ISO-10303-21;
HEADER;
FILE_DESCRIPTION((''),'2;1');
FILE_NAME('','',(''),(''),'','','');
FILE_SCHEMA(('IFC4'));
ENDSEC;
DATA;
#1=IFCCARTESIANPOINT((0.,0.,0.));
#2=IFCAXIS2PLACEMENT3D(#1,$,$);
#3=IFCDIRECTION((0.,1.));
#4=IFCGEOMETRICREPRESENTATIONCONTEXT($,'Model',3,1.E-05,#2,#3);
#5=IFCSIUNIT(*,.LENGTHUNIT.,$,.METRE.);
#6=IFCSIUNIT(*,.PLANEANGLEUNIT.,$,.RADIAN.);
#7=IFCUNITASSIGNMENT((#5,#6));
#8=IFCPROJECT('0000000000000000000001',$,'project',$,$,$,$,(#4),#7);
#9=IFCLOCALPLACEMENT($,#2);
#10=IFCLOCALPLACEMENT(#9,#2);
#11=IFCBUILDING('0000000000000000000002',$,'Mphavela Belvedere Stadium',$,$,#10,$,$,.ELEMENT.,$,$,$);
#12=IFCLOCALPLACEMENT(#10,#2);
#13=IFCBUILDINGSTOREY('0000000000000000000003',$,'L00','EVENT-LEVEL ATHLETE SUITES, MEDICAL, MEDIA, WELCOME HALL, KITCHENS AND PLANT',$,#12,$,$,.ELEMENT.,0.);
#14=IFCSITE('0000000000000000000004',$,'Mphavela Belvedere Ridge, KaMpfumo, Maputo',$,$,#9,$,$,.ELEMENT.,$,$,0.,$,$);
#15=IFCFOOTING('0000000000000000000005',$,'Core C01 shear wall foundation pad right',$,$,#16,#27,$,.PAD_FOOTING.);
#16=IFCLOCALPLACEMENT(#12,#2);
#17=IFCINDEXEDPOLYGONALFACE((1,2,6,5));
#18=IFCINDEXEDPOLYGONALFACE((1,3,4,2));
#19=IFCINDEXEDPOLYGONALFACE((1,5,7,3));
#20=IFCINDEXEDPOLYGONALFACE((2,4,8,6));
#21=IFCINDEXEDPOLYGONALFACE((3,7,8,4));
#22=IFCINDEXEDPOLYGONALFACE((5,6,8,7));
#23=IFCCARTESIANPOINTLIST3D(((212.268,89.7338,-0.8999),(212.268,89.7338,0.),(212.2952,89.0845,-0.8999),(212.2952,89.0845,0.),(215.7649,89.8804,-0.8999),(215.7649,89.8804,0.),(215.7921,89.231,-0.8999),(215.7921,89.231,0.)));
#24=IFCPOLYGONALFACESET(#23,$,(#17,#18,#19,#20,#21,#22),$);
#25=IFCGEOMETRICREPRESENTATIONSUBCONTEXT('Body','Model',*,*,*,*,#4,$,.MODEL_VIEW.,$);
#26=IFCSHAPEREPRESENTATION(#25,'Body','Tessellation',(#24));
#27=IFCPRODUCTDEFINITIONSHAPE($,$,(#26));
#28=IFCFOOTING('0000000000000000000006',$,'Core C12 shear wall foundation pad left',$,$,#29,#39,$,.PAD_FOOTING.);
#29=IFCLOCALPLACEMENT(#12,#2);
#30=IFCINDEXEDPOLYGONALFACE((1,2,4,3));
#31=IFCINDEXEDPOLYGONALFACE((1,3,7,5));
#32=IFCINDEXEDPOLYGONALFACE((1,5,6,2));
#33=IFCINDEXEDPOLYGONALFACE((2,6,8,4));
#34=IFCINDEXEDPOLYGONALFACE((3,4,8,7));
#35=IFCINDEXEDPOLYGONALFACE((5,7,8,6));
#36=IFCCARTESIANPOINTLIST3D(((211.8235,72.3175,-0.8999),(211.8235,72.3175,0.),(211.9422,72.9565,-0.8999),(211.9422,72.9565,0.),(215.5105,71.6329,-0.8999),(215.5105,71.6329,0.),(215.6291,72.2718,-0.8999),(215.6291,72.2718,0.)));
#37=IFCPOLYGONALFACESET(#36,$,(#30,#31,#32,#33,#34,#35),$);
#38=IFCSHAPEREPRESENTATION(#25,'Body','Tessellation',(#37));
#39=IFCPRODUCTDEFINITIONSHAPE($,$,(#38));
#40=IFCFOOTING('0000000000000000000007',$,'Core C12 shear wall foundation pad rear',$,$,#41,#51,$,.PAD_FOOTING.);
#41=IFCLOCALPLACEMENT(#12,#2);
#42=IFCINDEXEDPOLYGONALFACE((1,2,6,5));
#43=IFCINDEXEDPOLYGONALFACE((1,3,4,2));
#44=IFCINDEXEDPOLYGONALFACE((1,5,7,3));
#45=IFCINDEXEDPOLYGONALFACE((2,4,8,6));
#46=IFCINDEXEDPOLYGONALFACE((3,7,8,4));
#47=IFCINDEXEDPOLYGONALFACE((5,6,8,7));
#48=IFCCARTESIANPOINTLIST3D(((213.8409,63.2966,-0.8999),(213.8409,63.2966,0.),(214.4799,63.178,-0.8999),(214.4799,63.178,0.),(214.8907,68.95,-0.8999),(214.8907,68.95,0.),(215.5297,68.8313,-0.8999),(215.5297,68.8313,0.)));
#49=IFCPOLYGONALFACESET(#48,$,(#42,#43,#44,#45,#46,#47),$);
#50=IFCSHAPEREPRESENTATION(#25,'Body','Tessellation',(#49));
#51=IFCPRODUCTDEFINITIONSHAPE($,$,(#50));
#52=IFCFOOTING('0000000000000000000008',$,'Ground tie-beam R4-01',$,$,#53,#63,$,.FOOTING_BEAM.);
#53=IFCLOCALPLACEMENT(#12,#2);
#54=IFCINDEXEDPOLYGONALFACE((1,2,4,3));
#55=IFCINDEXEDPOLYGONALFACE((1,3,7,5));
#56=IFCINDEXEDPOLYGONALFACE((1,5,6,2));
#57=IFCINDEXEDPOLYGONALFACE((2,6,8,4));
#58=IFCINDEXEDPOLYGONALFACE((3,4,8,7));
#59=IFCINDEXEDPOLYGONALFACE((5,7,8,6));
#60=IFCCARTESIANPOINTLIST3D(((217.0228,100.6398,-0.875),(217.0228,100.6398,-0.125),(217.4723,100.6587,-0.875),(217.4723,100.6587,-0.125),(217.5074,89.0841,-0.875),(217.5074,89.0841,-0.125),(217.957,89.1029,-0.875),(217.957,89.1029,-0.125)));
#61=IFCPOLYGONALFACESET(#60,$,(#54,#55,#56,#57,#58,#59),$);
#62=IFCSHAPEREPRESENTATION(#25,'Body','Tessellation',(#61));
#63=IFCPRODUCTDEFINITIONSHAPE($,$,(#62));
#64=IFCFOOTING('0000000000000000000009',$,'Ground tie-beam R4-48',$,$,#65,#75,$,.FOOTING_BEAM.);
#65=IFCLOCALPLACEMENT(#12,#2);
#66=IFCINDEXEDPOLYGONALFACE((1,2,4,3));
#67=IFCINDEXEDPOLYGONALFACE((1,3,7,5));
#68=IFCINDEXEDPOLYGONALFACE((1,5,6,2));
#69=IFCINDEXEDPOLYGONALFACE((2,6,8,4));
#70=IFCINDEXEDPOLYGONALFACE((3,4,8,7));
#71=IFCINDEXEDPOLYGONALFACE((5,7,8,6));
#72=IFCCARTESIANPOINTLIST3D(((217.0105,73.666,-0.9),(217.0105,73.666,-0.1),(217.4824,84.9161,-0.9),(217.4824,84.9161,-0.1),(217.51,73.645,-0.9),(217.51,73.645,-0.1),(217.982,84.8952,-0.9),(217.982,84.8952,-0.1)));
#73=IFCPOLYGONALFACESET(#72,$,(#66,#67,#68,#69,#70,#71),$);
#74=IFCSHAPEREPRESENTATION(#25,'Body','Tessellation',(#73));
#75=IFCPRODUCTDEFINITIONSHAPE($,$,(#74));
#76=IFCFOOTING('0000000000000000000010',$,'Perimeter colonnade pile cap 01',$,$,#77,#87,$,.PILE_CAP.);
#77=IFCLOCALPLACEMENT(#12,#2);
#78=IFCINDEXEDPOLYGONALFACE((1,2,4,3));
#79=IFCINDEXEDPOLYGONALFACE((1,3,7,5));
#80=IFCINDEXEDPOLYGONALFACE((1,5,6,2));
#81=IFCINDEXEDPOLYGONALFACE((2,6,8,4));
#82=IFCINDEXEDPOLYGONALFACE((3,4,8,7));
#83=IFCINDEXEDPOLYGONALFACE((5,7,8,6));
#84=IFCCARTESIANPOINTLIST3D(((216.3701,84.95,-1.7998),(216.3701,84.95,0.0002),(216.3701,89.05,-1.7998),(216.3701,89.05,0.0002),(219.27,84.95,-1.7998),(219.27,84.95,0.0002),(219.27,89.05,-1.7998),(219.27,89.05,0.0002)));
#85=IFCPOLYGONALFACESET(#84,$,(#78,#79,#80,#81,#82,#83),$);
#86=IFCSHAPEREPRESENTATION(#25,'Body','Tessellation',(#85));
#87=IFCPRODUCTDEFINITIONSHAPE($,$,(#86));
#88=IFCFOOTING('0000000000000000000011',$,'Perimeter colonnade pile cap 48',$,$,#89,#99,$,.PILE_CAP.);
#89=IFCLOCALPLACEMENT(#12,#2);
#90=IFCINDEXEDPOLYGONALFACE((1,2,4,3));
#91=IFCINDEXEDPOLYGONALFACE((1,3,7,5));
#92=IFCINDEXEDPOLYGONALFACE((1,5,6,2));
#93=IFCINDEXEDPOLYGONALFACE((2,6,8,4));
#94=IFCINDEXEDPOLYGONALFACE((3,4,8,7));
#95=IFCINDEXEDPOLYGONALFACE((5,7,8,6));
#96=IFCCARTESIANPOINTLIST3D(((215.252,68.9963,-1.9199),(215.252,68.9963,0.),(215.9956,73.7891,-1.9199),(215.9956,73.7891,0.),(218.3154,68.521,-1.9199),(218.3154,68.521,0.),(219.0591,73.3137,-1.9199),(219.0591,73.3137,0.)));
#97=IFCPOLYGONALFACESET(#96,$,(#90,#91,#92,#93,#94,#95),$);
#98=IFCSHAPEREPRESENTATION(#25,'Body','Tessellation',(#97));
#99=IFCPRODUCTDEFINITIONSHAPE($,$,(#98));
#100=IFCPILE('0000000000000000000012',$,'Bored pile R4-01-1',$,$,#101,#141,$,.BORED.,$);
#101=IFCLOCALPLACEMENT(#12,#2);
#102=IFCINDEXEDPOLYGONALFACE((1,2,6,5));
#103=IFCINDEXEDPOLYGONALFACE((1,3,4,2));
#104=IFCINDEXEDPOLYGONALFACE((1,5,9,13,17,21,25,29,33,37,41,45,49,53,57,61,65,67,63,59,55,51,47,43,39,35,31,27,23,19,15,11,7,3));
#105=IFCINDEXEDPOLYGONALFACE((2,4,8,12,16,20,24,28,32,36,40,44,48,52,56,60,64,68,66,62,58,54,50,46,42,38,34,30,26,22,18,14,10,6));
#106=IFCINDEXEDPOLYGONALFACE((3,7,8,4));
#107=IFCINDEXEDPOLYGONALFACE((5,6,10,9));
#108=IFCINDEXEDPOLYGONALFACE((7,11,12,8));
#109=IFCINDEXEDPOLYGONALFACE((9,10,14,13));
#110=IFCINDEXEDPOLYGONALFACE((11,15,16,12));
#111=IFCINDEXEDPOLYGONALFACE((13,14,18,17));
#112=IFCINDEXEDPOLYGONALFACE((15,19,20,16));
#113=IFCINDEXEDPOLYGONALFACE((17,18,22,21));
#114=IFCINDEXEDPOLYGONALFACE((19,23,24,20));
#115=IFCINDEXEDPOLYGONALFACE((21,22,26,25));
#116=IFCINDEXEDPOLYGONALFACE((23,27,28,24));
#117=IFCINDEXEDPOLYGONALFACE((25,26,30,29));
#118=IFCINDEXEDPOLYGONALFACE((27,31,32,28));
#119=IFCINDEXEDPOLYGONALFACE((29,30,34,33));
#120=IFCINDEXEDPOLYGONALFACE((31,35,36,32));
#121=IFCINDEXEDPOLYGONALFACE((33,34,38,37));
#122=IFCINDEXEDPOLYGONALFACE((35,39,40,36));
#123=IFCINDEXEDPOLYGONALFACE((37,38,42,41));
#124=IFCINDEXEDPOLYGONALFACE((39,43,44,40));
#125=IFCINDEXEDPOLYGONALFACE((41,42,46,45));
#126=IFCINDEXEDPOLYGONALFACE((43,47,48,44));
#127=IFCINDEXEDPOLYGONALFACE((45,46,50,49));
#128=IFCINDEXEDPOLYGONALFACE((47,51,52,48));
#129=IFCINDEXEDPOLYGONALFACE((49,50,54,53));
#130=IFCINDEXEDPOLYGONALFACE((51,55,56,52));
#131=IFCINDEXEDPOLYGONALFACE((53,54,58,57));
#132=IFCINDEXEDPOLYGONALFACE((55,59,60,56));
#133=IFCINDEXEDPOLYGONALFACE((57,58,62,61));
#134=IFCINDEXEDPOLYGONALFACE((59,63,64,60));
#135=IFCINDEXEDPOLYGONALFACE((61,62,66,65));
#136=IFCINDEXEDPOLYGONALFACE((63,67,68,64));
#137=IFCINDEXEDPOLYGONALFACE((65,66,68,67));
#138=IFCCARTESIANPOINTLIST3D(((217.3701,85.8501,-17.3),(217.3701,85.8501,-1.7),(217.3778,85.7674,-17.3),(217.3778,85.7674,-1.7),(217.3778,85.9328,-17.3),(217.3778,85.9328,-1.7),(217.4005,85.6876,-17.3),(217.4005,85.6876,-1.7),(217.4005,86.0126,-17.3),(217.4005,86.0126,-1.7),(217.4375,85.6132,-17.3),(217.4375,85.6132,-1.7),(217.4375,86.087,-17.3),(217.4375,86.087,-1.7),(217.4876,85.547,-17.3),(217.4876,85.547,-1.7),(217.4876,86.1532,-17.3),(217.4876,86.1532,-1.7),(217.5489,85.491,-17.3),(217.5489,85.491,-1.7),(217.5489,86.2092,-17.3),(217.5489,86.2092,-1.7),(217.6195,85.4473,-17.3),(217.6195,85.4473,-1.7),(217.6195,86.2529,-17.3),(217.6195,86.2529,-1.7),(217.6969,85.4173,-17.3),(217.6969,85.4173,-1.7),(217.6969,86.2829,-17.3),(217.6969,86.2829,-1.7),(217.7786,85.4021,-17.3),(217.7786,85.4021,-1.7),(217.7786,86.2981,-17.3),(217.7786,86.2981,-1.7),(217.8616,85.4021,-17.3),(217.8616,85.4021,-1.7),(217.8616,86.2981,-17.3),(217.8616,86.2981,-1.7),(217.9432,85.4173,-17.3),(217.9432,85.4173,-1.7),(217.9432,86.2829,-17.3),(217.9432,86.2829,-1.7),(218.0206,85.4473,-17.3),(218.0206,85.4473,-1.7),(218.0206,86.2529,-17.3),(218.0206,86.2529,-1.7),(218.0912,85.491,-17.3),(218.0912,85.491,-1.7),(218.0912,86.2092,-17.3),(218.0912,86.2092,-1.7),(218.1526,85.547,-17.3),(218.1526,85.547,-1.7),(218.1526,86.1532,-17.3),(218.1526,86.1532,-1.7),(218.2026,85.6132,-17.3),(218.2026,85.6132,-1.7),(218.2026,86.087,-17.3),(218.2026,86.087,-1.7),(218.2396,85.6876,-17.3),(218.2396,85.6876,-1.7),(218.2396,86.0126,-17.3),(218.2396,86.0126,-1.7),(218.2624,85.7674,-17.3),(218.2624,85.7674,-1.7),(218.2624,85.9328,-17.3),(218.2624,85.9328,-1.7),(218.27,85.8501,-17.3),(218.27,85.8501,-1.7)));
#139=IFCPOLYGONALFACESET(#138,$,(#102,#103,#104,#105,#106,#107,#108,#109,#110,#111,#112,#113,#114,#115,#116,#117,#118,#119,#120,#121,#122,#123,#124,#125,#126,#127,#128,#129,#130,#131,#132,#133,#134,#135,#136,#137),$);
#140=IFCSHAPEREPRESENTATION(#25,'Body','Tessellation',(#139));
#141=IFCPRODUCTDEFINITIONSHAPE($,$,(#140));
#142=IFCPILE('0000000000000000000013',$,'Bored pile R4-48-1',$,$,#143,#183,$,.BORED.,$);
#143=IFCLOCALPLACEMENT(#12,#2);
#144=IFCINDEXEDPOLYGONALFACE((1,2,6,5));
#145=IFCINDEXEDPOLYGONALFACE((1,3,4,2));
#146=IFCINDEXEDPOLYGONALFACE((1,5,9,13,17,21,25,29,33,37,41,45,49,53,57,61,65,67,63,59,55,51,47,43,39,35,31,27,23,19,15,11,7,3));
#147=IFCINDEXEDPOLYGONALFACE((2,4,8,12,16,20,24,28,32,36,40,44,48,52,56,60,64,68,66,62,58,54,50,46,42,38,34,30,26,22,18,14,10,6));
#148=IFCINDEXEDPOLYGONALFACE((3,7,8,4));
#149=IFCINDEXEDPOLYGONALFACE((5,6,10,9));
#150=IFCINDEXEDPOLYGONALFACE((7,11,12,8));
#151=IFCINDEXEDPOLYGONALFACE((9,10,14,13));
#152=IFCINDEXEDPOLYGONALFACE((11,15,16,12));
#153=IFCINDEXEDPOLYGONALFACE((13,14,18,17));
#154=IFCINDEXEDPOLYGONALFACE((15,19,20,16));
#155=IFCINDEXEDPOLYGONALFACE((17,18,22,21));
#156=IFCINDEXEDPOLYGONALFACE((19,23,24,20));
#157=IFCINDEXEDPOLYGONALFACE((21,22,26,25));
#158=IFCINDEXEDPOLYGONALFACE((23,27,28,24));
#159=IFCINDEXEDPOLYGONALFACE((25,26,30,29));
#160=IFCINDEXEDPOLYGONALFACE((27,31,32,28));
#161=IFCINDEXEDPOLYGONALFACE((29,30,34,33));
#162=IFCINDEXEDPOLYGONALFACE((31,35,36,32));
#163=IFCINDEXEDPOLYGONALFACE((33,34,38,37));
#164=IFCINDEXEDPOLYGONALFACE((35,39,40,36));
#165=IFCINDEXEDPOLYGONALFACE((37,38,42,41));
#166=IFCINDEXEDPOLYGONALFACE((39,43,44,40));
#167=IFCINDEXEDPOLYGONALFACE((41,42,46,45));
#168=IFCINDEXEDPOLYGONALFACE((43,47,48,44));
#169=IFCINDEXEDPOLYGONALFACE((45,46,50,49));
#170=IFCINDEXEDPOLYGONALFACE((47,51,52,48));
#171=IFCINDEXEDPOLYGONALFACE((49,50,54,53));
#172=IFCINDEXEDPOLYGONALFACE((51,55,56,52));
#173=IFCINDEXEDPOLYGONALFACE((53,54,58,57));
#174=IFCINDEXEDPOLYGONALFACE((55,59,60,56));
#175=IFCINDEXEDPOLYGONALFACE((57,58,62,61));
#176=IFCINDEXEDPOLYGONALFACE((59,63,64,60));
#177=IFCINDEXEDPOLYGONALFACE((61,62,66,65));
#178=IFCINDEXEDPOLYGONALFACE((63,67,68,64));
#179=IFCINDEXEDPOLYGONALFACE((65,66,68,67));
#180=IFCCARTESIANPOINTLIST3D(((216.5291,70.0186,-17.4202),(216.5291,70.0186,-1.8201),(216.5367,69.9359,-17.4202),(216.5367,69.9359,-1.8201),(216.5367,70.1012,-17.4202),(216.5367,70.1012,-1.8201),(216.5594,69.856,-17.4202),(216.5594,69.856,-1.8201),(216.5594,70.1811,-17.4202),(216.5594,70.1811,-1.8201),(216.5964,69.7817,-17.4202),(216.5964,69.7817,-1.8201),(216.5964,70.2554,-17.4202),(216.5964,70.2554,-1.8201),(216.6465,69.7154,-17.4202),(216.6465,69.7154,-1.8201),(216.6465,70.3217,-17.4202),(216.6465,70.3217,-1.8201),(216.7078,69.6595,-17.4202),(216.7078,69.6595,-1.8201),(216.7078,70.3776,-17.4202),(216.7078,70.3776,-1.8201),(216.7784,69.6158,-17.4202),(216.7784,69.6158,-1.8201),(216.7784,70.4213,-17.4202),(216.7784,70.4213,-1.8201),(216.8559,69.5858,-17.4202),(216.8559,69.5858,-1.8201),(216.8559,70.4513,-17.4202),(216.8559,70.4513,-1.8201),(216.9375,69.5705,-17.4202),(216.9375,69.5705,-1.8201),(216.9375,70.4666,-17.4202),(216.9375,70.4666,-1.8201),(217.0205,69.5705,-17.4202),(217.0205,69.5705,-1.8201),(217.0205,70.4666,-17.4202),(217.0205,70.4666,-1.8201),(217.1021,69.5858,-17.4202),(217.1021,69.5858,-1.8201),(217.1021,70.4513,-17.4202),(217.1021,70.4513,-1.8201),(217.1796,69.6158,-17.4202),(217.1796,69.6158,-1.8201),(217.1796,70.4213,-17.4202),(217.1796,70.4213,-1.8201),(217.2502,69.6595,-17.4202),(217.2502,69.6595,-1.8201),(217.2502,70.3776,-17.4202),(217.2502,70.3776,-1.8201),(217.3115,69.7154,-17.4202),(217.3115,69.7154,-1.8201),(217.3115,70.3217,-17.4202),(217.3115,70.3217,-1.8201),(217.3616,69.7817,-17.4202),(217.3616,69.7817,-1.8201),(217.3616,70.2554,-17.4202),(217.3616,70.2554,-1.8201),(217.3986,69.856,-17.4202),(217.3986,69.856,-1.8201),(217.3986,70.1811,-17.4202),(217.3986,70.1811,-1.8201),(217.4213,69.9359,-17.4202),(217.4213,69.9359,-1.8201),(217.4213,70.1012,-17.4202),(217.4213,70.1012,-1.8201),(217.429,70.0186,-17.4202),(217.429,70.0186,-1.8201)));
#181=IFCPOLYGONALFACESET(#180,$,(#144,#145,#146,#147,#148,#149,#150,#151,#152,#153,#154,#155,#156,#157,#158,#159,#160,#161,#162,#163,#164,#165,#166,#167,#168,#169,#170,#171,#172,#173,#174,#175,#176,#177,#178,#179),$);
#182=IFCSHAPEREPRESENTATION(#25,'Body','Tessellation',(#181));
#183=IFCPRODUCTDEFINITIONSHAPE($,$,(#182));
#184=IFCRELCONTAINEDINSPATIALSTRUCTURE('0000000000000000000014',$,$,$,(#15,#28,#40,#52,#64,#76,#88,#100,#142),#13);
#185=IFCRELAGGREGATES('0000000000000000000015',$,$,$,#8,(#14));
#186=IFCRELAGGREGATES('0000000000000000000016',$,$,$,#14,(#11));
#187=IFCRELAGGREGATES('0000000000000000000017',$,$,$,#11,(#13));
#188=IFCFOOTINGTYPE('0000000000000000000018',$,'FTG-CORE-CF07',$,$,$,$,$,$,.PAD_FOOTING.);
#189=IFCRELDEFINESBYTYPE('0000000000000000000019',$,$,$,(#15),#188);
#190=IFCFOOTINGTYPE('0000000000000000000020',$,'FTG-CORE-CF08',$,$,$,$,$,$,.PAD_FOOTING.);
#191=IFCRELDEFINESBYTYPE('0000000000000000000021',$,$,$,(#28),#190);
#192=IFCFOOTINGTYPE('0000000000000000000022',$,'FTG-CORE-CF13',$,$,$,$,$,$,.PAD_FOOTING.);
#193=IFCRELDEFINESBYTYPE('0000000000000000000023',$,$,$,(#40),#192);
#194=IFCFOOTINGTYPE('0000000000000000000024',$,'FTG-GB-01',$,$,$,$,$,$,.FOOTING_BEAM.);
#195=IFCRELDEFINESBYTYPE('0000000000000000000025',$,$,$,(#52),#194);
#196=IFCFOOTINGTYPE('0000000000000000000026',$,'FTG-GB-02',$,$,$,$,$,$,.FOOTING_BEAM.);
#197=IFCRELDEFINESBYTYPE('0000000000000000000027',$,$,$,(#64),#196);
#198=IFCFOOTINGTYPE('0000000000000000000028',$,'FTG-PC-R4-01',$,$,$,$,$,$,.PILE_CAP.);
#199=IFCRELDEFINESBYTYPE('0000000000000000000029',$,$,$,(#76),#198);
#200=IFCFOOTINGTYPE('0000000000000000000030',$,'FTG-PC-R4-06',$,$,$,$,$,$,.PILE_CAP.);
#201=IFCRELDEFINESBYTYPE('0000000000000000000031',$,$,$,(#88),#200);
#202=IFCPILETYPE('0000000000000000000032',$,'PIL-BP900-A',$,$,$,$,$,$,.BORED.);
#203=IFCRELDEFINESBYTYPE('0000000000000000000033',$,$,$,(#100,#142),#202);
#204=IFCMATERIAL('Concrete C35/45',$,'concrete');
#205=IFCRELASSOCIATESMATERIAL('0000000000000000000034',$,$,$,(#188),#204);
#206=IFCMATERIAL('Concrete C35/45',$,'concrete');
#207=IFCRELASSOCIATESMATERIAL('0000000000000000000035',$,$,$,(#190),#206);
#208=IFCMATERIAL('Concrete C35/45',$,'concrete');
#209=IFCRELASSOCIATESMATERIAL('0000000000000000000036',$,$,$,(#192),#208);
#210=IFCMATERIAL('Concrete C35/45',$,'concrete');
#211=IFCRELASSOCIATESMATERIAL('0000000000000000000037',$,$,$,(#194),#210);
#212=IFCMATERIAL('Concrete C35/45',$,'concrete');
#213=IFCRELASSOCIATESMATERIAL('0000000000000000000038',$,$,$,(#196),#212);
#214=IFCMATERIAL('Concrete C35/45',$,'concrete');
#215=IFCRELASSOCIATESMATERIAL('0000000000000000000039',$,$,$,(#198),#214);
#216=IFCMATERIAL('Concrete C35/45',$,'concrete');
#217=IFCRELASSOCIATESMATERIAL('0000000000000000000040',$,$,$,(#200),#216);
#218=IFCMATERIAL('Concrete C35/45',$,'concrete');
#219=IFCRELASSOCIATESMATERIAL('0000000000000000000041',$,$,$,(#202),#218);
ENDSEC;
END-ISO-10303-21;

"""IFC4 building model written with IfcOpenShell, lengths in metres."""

from ifc_helpers import new_model, si_unit, direction, frame, origin, origin_2d, place, context, subcontext, project, spatial, rectangle, circle, extrude, material, material_profile, profile_set, type_object, element, save


model = new_model("IFC4")

# Units and contexts
model_context = context("Model", 3, precision=1e-05, world=origin(), true_north=direction((0.0, 1.0)))
body_context = subcontext(model_context, "Body", "Model", "MODEL_VIEW")
ifc_project = project(units=[si_unit("LENGTHUNIT", "METRE"), si_unit("PLANEANGLEUNIT", "RADIAN")], contexts=[model_context])

# Site, building, storey
site_placement = place(None, origin())
site = spatial("IfcSite", under=ifc_project, at=site_placement, Name="Mphavela Belvedere Ridge, KaMpfumo, Maputo", CompositionType="ELEMENT", RefElevation=0.0)
building_placement = place(site_placement, origin())
building = spatial("IfcBuilding", under=site, at=building_placement, Name="Mphavela Belvedere Stadium", CompositionType="ELEMENT")
storey_placement = place(building_placement, origin())
storey = spatial("IfcBuildingStorey", under=building, at=storey_placement, Name="L00", Description="EVENT-LEVEL ATHLETE SUITES, MEDICAL, MEDIA, WELCOME HALL, KITCHENS AND PLANT", CompositionType="ELEMENT", Elevation=0.0)

# Footings
ifc_material_1 = material(Name="Concrete C35/45", Category="concrete")
footing_type_1 = type_object("IfcFootingType", Name="FTG-CORE-CF07", PredefinedType="PAD_FOOTING", material=ifc_material_1)
footing_1_placement = place(storey_placement, frame((214.03, 89.4824, -0.8999), z_axis=(0.0, 0.0, 1.0), x_axis=(0.999123, 0.041876, 0.0)))
element("IfcFooting", 1, at=footing_1_placement, inside=storey, type_object=footing_type_1, Name="Core C01 shear wall foundation pad right", PredefinedType="PAD_FOOTING", context=body_context, shape_type="SweptSolid", body=[
    extrude(rectangle(XDim=3.5, YDim=0.6499, at=origin_2d()), origin(), (0.0, 0.0, 1.0), 0.8999),
])
ifc_material_2 = material(Name="Concrete C35/45", Category="concrete")
footing_type_2 = type_object("IfcFootingType", Name="FTG-CORE-CF08", PredefinedType="PAD_FOOTING", material=ifc_material_2)
footing_2_placement = place(storey_placement, frame((213.7263, 72.2947, -0.8999), z_axis=(0.0, 0.0, 1.0), x_axis=(0.983191, -0.182579, 0.0)))
element("IfcFooting", 2, at=footing_2_placement, inside=storey, type_object=footing_type_2, Name="Core C12 shear wall foundation pad left", PredefinedType="PAD_FOOTING", context=body_context, shape_type="SweptSolid", body=[
    extrude(rectangle(XDim=3.75, YDim=0.6499, at=origin_2d()), origin(), (0.0, 0.0, 1.0), 0.8999),
])
ifc_material_3 = material(Name="Concrete C35/45", Category="concrete")
footing_type_3 = type_object("IfcFootingType", Name="FTG-CORE-CF13", PredefinedType="PAD_FOOTING", material=ifc_material_3)
footing_3_placement = place(storey_placement, frame((214.6853, 66.064, -0.8999), z_axis=(0.0, 0.0, 1.0), x_axis=(-0.182579, -0.983191, 0.0)))
element("IfcFooting", 3, at=footing_3_placement, inside=storey, type_object=footing_type_3, Name="Core C12 shear wall foundation pad rear", PredefinedType="PAD_FOOTING", context=body_context, shape_type="SweptSolid", body=[
    extrude(rectangle(XDim=5.75, YDim=0.6499, at=origin_2d()), origin(), (0.0, 0.0, 1.0), 0.8999),
])
ifc_material_4 = material(Name="Concrete C35/45", Category="concrete")
ifc_material_profile_1 = material_profile(ifc_material_4, rectangle(XDim=0.45, YDim=0.75, at=origin_2d()), Name="GB 450x750")
ifc_profile_set_1 = profile_set([ifc_material_profile_1], Name="Concrete C35/45")
footing_type_4 = type_object("IfcFootingType", Name="FTG-GB-01", PredefinedType="FOOTING_BEAM", material=ifc_profile_set_1)
footing_4_placement = place(storey_placement, frame((217.7322, 89.0935, -0.5), z_axis=(-0.041901, 0.999122, 0.0), x_axis=(-0.999122, -0.041901, 0.0)))
element("IfcFooting", 4, at=footing_4_placement, inside=storey, type_object=footing_type_4, Name="Ground tie-beam R4-01", PredefinedType="FOOTING_BEAM", context=body_context, shape_type="SweptSolid", body=[
    extrude(rectangle(XDim=0.45, YDim=0.75, at=origin_2d()), origin(), (0.0, 0.0, 1.0), 11.5659),
])
ifc_material_5 = material(Name="Concrete C35/45", Category="concrete")
ifc_material_profile_2 = material_profile(ifc_material_5, rectangle(XDim=0.5, YDim=0.8, at=origin_2d()), Name="GB 500x800")
ifc_profile_set_2 = profile_set([ifc_material_profile_2], Name="Concrete C35/45")
footing_type_5 = type_object("IfcFootingType", Name="FTG-GB-02", PredefinedType="FOOTING_BEAM", material=ifc_profile_set_2)
footing_5_placement = place(storey_placement, frame((217.2603, 73.6555, -0.5), z_axis=(0.041912, 0.999121, 0.0), x_axis=(-0.999121, 0.041912, 0.0)))
element("IfcFooting", 5, at=footing_5_placement, inside=storey, type_object=footing_type_5, Name="Ground tie-beam R4-48", PredefinedType="FOOTING_BEAM", context=body_context, shape_type="SweptSolid", body=[
    extrude(rectangle(XDim=0.5, YDim=0.8, at=origin_2d()), origin(), (0.0, 0.0, 1.0), 11.26),
])
ifc_material_6 = material(Name="Concrete C35/45", Category="concrete")
footing_type_6 = type_object("IfcFootingType", Name="FTG-PC-R4-01", PredefinedType="PILE_CAP", material=ifc_material_6)
footing_6_placement = place(storey_placement, frame((217.8201, 87.0, -1.7998), z_axis=(0.0, 0.0, 1.0), x_axis=(0.0, 1.0, 0.0)))
element("IfcFooting", 6, at=footing_6_placement, inside=storey, type_object=footing_type_6, Name="Perimeter colonnade pile cap 01", PredefinedType="PILE_CAP", context=body_context, shape_type="SweptSolid", body=[
    extrude(rectangle(XDim=4.1001, YDim=2.8999, at=origin_2d()), origin(), (0.0, 0.0, 1.0), 1.8),
])
ifc_material_7 = material(Name="Concrete C35/45", Category="concrete")
footing_type_7 = type_object("IfcFootingType", Name="FTG-PC-R4-06", PredefinedType="PILE_CAP", material=ifc_material_7)
footing_7_placement = place(storey_placement, frame((217.1555, 71.155, -1.9199), z_axis=(0.0, 0.0, 1.0), x_axis=(0.153331, 0.988175, 0.0)))
element("IfcFooting", 7, at=footing_7_placement, inside=storey, type_object=footing_type_7, Name="Perimeter colonnade pile cap 48", PredefinedType="PILE_CAP", context=body_context, shape_type="SweptSolid", body=[
    extrude(rectangle(XDim=4.8501, YDim=3.1001, at=origin_2d()), origin(), (0.0, 0.0, 1.0), 1.9199),
])

# Piles
ifc_material_8 = material(Name="Concrete C35/45", Category="concrete")
ifc_material_profile_3 = material_profile(ifc_material_8, circle(Radius=0.45, at=origin_2d()), Name="BP D900")
ifc_profile_set_3 = profile_set([ifc_material_profile_3], Name="Concrete C35/45")
pile_type = type_object("IfcPileType", Name="PIL-BP900-A", PredefinedType="BORED", material=ifc_profile_set_3)
for number, where, z_axis, x_axis, name in (
    (8, (217.8201, 85.8501, -1.7), (0.0, 0.0, -1.0), (1.0, 0.0, 0.0), "Bored pile R4-01-1"),
    (9, (216.979, 70.0186, -1.8201), (0.0, 0.0, -1.0), (1.0, 0.0, 0.0), "Bored pile R4-48-1"),
):
    element("IfcPile", number, at=place(storey_placement, frame(where, z_axis=z_axis, x_axis=x_axis)), inside=storey, type_object=pile_type, Name=name, PredefinedType="BORED", context=body_context, shape_type="SweptSolid", body=[
        extrude(circle(Radius=0.45, at=origin_2d()), origin(), (0.0, 0.0, 1.0), 15.6001),
    ])

save(model, "model.ifc")
